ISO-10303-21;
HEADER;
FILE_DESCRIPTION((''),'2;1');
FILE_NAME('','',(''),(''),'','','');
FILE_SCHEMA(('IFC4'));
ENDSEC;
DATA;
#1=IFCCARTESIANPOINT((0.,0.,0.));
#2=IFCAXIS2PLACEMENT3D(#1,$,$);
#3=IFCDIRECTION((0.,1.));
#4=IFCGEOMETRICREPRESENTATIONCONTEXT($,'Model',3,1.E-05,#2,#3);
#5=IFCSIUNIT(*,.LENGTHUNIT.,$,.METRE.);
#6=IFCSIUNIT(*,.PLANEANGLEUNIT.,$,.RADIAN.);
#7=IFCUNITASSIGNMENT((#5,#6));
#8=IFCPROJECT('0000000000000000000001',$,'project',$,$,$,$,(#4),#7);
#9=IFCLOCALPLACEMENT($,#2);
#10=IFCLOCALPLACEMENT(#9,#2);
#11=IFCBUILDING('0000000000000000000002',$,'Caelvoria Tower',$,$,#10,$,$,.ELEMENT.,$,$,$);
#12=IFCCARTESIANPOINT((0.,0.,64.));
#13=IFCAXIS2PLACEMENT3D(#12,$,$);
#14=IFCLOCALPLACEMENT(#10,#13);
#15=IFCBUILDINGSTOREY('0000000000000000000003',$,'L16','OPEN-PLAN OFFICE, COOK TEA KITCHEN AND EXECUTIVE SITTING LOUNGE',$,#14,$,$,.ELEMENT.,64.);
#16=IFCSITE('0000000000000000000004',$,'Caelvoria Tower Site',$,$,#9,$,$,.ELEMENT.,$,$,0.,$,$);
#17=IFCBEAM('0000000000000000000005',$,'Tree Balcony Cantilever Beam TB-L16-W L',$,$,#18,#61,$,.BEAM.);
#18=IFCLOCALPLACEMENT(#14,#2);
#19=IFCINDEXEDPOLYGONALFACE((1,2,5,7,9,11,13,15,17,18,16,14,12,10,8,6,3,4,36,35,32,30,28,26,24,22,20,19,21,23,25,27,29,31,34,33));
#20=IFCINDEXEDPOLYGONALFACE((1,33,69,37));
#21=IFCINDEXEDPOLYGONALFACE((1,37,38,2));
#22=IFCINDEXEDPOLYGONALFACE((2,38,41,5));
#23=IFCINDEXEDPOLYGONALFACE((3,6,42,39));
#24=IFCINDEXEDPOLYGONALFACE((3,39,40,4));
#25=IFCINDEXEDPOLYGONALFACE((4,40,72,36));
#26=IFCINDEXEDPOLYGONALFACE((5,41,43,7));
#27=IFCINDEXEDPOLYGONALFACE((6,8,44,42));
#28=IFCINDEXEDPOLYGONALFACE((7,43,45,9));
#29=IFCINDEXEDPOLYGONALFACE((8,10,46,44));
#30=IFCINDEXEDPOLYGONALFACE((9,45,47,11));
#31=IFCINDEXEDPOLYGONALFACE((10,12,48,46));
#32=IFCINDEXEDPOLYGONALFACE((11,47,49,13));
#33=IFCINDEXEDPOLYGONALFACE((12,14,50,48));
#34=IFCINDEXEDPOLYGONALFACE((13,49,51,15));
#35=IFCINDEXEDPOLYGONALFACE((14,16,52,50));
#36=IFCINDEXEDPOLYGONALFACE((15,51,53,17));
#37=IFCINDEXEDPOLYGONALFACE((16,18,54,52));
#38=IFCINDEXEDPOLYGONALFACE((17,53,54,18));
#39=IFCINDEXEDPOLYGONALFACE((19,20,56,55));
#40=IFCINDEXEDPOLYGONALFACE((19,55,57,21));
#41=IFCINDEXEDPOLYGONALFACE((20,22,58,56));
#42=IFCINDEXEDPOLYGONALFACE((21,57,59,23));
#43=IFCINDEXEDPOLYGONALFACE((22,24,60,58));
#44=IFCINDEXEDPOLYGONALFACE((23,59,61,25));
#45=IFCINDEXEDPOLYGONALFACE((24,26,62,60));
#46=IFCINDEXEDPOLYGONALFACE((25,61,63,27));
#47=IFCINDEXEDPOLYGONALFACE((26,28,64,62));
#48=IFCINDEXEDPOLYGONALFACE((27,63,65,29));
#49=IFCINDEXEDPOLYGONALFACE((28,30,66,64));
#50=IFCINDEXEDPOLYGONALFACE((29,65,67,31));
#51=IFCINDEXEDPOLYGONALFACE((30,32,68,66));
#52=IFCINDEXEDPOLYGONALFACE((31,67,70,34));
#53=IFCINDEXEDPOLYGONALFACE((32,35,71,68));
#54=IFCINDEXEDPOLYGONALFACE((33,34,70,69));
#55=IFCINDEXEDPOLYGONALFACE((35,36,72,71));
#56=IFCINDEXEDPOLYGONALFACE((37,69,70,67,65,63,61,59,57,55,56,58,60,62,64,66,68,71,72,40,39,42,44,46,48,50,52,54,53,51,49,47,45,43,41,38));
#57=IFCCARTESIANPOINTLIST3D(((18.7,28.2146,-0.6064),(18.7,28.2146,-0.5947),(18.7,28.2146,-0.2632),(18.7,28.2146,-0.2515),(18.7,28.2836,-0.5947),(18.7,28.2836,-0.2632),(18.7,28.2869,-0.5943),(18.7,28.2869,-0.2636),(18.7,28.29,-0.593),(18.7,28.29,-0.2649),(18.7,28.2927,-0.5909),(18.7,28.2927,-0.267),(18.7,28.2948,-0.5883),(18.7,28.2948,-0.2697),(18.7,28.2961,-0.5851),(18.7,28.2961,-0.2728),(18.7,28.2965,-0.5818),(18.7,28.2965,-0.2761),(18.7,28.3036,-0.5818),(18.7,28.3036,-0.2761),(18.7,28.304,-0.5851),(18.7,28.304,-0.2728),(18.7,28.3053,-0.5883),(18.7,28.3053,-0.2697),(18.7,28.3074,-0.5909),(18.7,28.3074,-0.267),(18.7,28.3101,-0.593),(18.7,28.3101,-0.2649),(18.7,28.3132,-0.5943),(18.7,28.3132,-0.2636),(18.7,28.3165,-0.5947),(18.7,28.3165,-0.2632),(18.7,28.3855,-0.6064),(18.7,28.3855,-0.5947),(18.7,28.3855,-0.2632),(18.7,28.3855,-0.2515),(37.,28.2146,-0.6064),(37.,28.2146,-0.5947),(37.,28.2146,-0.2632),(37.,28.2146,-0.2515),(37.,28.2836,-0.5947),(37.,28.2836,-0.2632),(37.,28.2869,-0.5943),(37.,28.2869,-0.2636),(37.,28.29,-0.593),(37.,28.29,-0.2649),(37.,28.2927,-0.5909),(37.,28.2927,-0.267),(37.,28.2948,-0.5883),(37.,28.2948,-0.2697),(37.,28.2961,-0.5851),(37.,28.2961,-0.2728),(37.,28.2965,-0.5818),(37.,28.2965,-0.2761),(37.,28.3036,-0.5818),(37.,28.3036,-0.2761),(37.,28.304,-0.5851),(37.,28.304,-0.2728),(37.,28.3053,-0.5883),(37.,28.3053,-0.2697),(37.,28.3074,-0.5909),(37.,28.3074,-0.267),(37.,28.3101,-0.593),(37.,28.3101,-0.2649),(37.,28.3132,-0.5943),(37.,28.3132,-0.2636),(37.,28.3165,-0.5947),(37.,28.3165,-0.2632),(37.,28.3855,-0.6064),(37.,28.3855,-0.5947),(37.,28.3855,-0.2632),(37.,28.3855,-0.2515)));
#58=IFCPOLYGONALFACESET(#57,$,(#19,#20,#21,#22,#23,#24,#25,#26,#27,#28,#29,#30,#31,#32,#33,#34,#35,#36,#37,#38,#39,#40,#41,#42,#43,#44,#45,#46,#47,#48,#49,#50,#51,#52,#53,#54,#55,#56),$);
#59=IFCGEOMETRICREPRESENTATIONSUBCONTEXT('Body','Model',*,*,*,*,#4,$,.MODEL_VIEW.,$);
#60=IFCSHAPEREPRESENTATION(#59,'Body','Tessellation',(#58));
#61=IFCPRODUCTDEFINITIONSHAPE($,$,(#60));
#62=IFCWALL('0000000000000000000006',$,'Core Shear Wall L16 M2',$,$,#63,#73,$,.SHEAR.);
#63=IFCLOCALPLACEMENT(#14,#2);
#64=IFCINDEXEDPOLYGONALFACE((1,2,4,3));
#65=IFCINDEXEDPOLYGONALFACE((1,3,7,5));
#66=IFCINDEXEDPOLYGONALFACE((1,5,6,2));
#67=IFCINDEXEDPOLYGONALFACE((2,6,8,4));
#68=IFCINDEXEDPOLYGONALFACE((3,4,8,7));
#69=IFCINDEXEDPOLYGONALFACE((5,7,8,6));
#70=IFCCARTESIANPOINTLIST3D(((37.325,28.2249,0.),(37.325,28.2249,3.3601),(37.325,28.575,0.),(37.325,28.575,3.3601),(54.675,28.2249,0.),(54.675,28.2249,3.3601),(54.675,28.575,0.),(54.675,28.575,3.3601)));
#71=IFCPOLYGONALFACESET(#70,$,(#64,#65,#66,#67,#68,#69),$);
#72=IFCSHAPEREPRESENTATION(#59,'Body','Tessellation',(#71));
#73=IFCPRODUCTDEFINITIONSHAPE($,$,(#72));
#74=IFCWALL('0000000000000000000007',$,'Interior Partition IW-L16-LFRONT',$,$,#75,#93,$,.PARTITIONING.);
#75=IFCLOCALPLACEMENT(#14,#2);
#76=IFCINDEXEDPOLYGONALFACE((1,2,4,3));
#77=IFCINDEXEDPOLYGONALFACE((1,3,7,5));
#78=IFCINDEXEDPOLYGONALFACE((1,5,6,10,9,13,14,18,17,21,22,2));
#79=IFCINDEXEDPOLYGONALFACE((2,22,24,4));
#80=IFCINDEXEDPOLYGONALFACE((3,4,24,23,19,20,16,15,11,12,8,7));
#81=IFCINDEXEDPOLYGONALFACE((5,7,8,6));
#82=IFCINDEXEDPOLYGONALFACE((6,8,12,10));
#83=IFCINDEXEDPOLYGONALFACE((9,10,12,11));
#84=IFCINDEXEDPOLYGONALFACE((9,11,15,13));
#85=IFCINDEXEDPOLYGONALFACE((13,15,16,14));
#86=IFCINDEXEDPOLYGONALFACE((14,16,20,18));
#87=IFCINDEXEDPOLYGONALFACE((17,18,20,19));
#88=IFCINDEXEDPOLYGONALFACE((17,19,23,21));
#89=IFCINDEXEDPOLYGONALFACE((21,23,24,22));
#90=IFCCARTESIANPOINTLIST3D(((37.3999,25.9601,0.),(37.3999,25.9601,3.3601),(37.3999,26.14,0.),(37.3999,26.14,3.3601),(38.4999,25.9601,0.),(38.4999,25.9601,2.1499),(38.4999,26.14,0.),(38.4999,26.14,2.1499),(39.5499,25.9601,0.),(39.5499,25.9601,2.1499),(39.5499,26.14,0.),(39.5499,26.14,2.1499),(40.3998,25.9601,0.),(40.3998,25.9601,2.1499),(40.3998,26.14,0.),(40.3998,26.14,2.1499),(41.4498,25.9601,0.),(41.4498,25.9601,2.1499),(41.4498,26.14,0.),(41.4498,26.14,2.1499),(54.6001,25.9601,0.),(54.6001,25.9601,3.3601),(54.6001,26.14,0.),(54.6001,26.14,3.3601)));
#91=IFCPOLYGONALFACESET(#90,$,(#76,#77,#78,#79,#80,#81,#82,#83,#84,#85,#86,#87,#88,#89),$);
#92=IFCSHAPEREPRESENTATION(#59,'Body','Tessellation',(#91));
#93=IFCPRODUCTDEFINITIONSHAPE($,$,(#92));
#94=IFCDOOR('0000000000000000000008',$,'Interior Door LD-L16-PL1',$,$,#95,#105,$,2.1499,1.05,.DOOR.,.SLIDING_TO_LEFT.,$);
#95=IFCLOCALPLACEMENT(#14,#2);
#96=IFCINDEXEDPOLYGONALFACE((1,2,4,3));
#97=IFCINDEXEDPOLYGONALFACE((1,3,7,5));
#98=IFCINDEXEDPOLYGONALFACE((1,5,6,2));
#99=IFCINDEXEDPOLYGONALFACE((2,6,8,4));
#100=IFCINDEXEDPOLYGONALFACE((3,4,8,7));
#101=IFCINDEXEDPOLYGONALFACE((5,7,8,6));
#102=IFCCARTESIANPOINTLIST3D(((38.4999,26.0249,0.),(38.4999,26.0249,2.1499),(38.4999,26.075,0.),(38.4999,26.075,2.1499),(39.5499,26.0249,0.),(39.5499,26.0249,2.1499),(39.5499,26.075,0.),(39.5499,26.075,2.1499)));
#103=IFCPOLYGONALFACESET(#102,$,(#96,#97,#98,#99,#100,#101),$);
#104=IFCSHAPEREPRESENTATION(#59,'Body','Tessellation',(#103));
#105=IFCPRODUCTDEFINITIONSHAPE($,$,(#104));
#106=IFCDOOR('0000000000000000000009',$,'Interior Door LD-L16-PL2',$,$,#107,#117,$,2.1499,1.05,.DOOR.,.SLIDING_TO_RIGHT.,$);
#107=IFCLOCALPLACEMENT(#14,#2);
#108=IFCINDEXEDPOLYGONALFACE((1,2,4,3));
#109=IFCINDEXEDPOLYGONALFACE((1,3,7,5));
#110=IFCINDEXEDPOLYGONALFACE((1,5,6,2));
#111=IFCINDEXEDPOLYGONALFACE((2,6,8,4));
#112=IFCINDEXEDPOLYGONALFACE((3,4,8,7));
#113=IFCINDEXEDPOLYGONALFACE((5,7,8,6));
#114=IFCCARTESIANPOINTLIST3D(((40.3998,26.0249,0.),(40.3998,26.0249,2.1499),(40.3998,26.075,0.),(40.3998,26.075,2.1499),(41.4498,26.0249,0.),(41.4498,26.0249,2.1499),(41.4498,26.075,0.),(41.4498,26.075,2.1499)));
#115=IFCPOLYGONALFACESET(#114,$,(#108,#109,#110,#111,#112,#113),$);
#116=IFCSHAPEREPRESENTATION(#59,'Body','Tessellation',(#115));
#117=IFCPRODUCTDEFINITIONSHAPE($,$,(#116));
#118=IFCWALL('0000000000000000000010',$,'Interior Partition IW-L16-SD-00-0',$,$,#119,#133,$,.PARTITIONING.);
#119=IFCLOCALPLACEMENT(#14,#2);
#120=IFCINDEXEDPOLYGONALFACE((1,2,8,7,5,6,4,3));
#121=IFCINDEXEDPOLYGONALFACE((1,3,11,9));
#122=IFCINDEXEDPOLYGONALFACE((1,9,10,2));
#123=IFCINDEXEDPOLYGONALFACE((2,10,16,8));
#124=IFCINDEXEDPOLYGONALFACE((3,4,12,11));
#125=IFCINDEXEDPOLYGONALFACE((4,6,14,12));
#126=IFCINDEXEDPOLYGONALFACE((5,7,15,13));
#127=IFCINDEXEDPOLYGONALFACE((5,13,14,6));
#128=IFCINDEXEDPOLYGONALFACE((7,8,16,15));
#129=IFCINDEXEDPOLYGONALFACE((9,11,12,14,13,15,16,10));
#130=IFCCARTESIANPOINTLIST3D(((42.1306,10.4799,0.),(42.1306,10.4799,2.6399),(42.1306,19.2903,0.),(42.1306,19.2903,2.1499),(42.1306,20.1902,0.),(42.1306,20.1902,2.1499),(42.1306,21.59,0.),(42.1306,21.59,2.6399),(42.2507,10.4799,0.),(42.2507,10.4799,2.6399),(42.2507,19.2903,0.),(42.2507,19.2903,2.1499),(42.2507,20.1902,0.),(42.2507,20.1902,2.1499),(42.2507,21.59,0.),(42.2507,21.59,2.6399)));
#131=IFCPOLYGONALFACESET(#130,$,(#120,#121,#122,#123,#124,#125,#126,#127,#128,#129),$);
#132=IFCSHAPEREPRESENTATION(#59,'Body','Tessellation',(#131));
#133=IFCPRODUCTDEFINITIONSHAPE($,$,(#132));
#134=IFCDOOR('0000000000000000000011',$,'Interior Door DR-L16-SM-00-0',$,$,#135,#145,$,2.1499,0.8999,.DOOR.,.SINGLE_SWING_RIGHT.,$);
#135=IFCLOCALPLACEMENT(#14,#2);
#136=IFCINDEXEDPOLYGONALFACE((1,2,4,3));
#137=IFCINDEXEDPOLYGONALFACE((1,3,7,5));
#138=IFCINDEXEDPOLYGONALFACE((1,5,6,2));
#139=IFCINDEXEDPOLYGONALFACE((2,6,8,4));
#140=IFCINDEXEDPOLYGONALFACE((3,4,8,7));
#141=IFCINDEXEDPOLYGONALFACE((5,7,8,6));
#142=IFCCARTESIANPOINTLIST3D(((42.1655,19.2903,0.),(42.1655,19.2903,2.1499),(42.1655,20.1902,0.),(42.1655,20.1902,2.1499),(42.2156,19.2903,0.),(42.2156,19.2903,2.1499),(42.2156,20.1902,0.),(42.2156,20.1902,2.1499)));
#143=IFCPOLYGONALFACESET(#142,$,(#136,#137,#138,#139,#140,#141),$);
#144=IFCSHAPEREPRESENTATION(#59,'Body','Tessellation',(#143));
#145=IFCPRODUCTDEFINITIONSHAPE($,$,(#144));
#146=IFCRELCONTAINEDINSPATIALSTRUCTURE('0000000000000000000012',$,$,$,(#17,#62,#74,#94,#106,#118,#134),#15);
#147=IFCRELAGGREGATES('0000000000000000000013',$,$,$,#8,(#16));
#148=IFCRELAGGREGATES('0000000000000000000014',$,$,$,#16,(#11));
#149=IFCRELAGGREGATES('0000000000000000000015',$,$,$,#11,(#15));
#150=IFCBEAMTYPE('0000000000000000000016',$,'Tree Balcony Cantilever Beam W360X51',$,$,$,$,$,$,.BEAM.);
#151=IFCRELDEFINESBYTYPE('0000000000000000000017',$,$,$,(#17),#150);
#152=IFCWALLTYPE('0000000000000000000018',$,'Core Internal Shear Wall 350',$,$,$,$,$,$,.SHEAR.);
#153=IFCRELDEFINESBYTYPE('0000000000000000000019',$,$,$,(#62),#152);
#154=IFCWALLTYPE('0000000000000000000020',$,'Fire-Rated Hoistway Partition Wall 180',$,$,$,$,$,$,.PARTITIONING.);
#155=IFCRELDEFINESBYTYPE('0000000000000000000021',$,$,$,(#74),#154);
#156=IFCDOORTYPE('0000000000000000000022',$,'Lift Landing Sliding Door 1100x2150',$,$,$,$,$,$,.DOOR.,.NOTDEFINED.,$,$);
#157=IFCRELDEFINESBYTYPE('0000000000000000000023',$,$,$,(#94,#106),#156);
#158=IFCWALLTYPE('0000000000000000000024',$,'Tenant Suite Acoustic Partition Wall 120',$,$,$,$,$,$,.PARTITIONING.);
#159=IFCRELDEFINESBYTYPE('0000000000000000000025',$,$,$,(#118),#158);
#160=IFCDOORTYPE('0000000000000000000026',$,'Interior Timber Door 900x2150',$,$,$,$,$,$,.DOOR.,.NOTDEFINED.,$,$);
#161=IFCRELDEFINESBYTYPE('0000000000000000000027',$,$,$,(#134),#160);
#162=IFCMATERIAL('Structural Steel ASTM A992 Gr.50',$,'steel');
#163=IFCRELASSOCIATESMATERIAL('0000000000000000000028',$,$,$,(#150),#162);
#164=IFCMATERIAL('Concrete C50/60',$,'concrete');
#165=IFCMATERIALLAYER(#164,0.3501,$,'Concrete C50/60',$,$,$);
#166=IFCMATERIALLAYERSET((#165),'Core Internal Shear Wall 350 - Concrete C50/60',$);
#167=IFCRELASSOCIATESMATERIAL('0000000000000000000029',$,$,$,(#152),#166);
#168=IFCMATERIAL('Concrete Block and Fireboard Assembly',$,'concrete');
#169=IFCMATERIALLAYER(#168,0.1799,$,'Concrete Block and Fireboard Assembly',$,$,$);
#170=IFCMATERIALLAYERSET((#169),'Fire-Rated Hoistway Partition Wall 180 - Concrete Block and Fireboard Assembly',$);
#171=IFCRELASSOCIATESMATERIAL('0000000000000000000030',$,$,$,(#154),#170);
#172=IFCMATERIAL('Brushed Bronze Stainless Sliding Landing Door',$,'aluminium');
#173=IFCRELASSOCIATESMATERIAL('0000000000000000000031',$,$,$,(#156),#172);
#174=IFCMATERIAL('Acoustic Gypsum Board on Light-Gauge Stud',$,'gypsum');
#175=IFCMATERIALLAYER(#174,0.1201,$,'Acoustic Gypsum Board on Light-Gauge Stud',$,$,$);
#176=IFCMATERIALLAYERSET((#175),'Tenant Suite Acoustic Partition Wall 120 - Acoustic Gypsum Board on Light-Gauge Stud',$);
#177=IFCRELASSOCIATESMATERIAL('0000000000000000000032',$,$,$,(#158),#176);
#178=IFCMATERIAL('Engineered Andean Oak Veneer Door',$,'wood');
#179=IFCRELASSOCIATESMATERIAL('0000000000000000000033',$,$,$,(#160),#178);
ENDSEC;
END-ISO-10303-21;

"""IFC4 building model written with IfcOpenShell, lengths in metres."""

from ifc_helpers import new_model, si_unit, direction, frame, frame_2d, origin, origin_2d, place, context, subcontext, project, spatial, rectangle, i_section, extrude, material, layer, layer_set, material_profile, profile_set, type_object, element, fill, save


model = new_model("IFC4")

# Units and contexts
model_context = context("Model", 3, precision=1e-05, world=origin(), true_north=direction((0.0, 1.0)))
body_context = subcontext(model_context, "Body", "Model", "MODEL_VIEW")
ifc_project = project(units=[si_unit("LENGTHUNIT", "METRE"), si_unit("PLANEANGLEUNIT", "RADIAN")], contexts=[model_context])

# Site, building, storey
site_placement = place(None, origin())
site = spatial("IfcSite", under=ifc_project, at=site_placement, Name="Caelvoria Tower Site", CompositionType="ELEMENT", RefElevation=0.0)
building_placement = place(site_placement, origin())
building = spatial("IfcBuilding", under=site, at=building_placement, Name="Caelvoria Tower", CompositionType="ELEMENT")
storey_placement = place(building_placement, frame((0.0, 0.0, 64.0)))
storey = spatial("IfcBuildingStorey", under=building, at=storey_placement, Name="L16", Description="OPEN-PLAN OFFICE, COOK TEA KITCHEN AND EXECUTIVE SITTING LOUNGE", CompositionType="ELEMENT", Elevation=64.0)

# Beam
ifc_material_1 = material(Name="Structural Steel ASTM A992 Gr.50", Category="steel")
ifc_material_profile_1 = material_profile(ifc_material_1, i_section(OverallWidth=0.1709, OverallDepth=0.355, WebThickness=0.0071, FlangeThickness=0.0117, FilletRadius=0.0129, at=origin_2d()), Name="Structural Steel ASTM A992 Gr.50")
ifc_profile_set_1 = profile_set([ifc_material_profile_1], Name="W360X51 - Structural Steel ASTM A992 Gr.50")
beam_type_1 = type_object("IfcBeamType", Name="Tree Balcony Cantilever Beam W360X51", PredefinedType="BEAM", material=ifc_profile_set_1)
beam_1_placement = place(storey_placement, frame((37.0, 28.3, -0.429), z_axis=(-1.0, 0.0, 0.0), x_axis=(0.0, -1.0, 0.0)))
element("IfcBeam", 1, at=beam_1_placement, inside=storey, type_object=beam_type_1, Name="Tree Balcony Cantilever Beam TB-L16-W L", PredefinedType="BEAM", context=body_context, shape_type="SweptSolid", body=[
    extrude(i_section(OverallWidth=0.1709, OverallDepth=0.355, WebThickness=0.0071, FlangeThickness=0.0117, FilletRadius=0.0129, at=origin_2d()), origin(), (0.0, 0.0, 1.0), 18.3),
])

# Wall
ifc_material_2 = material(Name="Concrete C50/60", Category="concrete")
ifc_layer_1 = layer(ifc_material_2, 0.3501, Name="Concrete C50/60")
ifc_layer_set_1 = layer_set([ifc_layer_1], Name="Core Internal Shear Wall 350 - Concrete C50/60")
wall_type_1 = type_object("IfcWallType", Name="Core Internal Shear Wall 350", PredefinedType="SHEAR", material=ifc_layer_set_1)
wall_1_placement = place(storey_placement, frame((37.325, 28.3999, 0.0), z_axis=(0.0, 0.0, 1.0), x_axis=(1.0, 0.0, 0.0)))
element("IfcWall", 2, at=wall_1_placement, inside=storey, type_object=wall_type_1, Name="Core Shear Wall L16 M2", PredefinedType="SHEAR", context=body_context, shape_type="SweptSolid", body=[
    extrude(rectangle(XDim=17.3501, YDim=0.3501, at=frame_2d((8.675, 0.0))), origin(), (0.0, 0.0, 1.0), 3.3601),
])

# Wall, openings, doors
ifc_material_3 = material(Name="Concrete Block and Fireboard Assembly", Category="concrete")
ifc_layer_2 = layer(ifc_material_3, 0.1799, Name="Concrete Block and Fireboard Assembly")
ifc_layer_set_2 = layer_set([ifc_layer_2], Name="Fire-Rated Hoistway Partition Wall 180 - Concrete Block and Fireboard Assembly")
wall_type_2 = type_object("IfcWallType", Name="Fire-Rated Hoistway Partition Wall 180", PredefinedType="PARTITIONING", material=ifc_layer_set_2)
wall_2_placement = place(storey_placement, frame((37.3999, 26.05, 0.0), z_axis=(0.0, 0.0, 1.0), x_axis=(1.0, 0.0, 0.0)))
wall_2 = element("IfcWall", 3, at=wall_2_placement, inside=storey, type_object=wall_type_2, Name="Interior Partition IW-L16-LFRONT", PredefinedType="PARTITIONING", context=body_context, shape_type="SweptSolid", body=[
    extrude(rectangle(XDim=17.2002, YDim=0.1799, at=frame_2d((8.6001, 0.0))), origin(), (0.0, 0.0, 1.0), 3.3601),
])
opening_1_placement = place(wall_2_placement, frame((1.1001, 0.0, 0.0)))
opening_1 = element("IfcOpeningElement", 4, at=opening_1_placement, cuts=wall_2, PredefinedType="OPENING", context=body_context, shape_type="SweptSolid", body=[
    extrude(rectangle(XDim=1.05, YDim=2.1499, at=frame_2d((0.5249, 1.075))), frame((0.0, 0.0999, 0.0), z_axis=(0.0, -1.0, 0.0), x_axis=(1.0, 0.0, 0.0)), (0.0, 0.0, 1.0), 0.2),
])
opening_2_placement = place(wall_2_placement, frame((3.0, 0.0, 0.0)))
opening_2 = element("IfcOpeningElement", 5, at=opening_2_placement, cuts=wall_2, PredefinedType="OPENING", context=body_context, shape_type="SweptSolid", body=[
    extrude(rectangle(XDim=1.05, YDim=2.1499, at=frame_2d((0.5249, 1.075))), frame((0.0, 0.0999, 0.0), z_axis=(0.0, -1.0, 0.0), x_axis=(1.0, 0.0, 0.0)), (0.0, 0.0, 1.0), 0.2),
])
ifc_material_4 = material(Name="Brushed Bronze Stainless Sliding Landing Door", Category="aluminium")
door_type_1 = type_object("IfcDoorType", Name="Lift Landing Sliding Door 1100x2150", OperationType="NOTDEFINED", PredefinedType="DOOR", material=ifc_material_4)
door_1_placement = place(opening_1_placement, origin())
door_1 = element("IfcDoor", 6, at=door_1_placement, inside=storey, type_object=door_type_1, Name="Interior Door LD-L16-PL1", OperationType="SLIDING_TO_LEFT", OverallHeight=2.1499, OverallWidth=1.05, PredefinedType="DOOR", context=body_context, shape_type="SweptSolid", body=[
    extrude(rectangle(XDim=1.05, YDim=2.1499, at=frame_2d((0.5249, 1.075))), frame((0.0, 0.0249, 0.0), z_axis=(0.0, -1.0, 0.0), x_axis=(1.0, 0.0, 0.0)), (0.0, 0.0, 1.0), 0.05),
])
fill(opening_1, door_1)
door_2_placement = place(opening_2_placement, origin())
door_2 = element("IfcDoor", 7, at=door_2_placement, inside=storey, type_object=door_type_1, Name="Interior Door LD-L16-PL2", OperationType="SLIDING_TO_RIGHT", OverallHeight=2.1499, OverallWidth=1.05, PredefinedType="DOOR", context=body_context, shape_type="SweptSolid", body=[
    extrude(rectangle(XDim=1.05, YDim=2.1499, at=frame_2d((0.5249, 1.075))), frame((0.0, 0.0249, 0.0), z_axis=(0.0, -1.0, 0.0), x_axis=(1.0, 0.0, 0.0)), (0.0, 0.0, 1.0), 0.05),
])
fill(opening_2, door_2)

# Wall, opening, door
ifc_material_5 = material(Name="Acoustic Gypsum Board on Light-Gauge Stud", Category="gypsum")
ifc_layer_3 = layer(ifc_material_5, 0.1201, Name="Acoustic Gypsum Board on Light-Gauge Stud")
ifc_layer_set_3 = layer_set([ifc_layer_3], Name="Tenant Suite Acoustic Partition Wall 120 - Acoustic Gypsum Board on Light-Gauge Stud")
wall_type_3 = type_object("IfcWallType", Name="Tenant Suite Acoustic Partition Wall 120", PredefinedType="PARTITIONING", material=ifc_layer_set_3)
wall_3_placement = place(storey_placement, frame((42.1907, 21.5901, 0.0), z_axis=(0.0, 0.0, 1.0), x_axis=(0.0, -1.0, 0.0)))
wall_3 = element("IfcWall", 8, at=wall_3_placement, inside=storey, type_object=wall_type_3, Name="Interior Partition IW-L16-SD-00-0", PredefinedType="PARTITIONING", context=body_context, shape_type="SweptSolid", body=[
    extrude(rectangle(XDim=11.1101, YDim=0.1201, at=frame_2d((5.5552, 0.0))), origin(), (0.0, 0.0, 1.0), 2.6399),
])
opening_3_placement = place(wall_3_placement, frame((1.3999, 0.0, 0.0)))
opening_3 = element("IfcOpeningElement", 9, at=opening_3_placement, cuts=wall_3, PredefinedType="OPENING", context=body_context, shape_type="SweptSolid", body=[
    extrude(rectangle(XDim=0.8999, YDim=2.1499, at=frame_2d((0.45, 1.075))), frame((0.0, 0.0701, 0.0), z_axis=(0.0, -1.0, 0.0), x_axis=(1.0, 0.0, 0.0)), (0.0, 0.0, 1.0), 0.1401),
])
ifc_material_6 = material(Name="Engineered Andean Oak Veneer Door", Category="wood")
door_type_2 = type_object("IfcDoorType", Name="Interior Timber Door 900x2150", OperationType="NOTDEFINED", PredefinedType="DOOR", material=ifc_material_6)
door_3_placement = place(opening_3_placement, origin())
door_3 = element("IfcDoor", 10, at=door_3_placement, inside=storey, type_object=door_type_2, Name="Interior Door DR-L16-SM-00-0", OperationType="SINGLE_SWING_RIGHT", OverallHeight=2.1499, OverallWidth=0.8999, PredefinedType="DOOR", context=body_context, shape_type="SweptSolid", body=[
    extrude(rectangle(XDim=0.8999, YDim=2.1499, at=frame_2d((0.45, 1.075))), frame((0.0, 0.0249, 0.0), z_axis=(0.0, -1.0, 0.0), x_axis=(1.0, 0.0, 0.0)), (0.0, 0.0, 1.0), 0.05),
])
fill(opening_3, door_3)

save(model, "model.ifc")
